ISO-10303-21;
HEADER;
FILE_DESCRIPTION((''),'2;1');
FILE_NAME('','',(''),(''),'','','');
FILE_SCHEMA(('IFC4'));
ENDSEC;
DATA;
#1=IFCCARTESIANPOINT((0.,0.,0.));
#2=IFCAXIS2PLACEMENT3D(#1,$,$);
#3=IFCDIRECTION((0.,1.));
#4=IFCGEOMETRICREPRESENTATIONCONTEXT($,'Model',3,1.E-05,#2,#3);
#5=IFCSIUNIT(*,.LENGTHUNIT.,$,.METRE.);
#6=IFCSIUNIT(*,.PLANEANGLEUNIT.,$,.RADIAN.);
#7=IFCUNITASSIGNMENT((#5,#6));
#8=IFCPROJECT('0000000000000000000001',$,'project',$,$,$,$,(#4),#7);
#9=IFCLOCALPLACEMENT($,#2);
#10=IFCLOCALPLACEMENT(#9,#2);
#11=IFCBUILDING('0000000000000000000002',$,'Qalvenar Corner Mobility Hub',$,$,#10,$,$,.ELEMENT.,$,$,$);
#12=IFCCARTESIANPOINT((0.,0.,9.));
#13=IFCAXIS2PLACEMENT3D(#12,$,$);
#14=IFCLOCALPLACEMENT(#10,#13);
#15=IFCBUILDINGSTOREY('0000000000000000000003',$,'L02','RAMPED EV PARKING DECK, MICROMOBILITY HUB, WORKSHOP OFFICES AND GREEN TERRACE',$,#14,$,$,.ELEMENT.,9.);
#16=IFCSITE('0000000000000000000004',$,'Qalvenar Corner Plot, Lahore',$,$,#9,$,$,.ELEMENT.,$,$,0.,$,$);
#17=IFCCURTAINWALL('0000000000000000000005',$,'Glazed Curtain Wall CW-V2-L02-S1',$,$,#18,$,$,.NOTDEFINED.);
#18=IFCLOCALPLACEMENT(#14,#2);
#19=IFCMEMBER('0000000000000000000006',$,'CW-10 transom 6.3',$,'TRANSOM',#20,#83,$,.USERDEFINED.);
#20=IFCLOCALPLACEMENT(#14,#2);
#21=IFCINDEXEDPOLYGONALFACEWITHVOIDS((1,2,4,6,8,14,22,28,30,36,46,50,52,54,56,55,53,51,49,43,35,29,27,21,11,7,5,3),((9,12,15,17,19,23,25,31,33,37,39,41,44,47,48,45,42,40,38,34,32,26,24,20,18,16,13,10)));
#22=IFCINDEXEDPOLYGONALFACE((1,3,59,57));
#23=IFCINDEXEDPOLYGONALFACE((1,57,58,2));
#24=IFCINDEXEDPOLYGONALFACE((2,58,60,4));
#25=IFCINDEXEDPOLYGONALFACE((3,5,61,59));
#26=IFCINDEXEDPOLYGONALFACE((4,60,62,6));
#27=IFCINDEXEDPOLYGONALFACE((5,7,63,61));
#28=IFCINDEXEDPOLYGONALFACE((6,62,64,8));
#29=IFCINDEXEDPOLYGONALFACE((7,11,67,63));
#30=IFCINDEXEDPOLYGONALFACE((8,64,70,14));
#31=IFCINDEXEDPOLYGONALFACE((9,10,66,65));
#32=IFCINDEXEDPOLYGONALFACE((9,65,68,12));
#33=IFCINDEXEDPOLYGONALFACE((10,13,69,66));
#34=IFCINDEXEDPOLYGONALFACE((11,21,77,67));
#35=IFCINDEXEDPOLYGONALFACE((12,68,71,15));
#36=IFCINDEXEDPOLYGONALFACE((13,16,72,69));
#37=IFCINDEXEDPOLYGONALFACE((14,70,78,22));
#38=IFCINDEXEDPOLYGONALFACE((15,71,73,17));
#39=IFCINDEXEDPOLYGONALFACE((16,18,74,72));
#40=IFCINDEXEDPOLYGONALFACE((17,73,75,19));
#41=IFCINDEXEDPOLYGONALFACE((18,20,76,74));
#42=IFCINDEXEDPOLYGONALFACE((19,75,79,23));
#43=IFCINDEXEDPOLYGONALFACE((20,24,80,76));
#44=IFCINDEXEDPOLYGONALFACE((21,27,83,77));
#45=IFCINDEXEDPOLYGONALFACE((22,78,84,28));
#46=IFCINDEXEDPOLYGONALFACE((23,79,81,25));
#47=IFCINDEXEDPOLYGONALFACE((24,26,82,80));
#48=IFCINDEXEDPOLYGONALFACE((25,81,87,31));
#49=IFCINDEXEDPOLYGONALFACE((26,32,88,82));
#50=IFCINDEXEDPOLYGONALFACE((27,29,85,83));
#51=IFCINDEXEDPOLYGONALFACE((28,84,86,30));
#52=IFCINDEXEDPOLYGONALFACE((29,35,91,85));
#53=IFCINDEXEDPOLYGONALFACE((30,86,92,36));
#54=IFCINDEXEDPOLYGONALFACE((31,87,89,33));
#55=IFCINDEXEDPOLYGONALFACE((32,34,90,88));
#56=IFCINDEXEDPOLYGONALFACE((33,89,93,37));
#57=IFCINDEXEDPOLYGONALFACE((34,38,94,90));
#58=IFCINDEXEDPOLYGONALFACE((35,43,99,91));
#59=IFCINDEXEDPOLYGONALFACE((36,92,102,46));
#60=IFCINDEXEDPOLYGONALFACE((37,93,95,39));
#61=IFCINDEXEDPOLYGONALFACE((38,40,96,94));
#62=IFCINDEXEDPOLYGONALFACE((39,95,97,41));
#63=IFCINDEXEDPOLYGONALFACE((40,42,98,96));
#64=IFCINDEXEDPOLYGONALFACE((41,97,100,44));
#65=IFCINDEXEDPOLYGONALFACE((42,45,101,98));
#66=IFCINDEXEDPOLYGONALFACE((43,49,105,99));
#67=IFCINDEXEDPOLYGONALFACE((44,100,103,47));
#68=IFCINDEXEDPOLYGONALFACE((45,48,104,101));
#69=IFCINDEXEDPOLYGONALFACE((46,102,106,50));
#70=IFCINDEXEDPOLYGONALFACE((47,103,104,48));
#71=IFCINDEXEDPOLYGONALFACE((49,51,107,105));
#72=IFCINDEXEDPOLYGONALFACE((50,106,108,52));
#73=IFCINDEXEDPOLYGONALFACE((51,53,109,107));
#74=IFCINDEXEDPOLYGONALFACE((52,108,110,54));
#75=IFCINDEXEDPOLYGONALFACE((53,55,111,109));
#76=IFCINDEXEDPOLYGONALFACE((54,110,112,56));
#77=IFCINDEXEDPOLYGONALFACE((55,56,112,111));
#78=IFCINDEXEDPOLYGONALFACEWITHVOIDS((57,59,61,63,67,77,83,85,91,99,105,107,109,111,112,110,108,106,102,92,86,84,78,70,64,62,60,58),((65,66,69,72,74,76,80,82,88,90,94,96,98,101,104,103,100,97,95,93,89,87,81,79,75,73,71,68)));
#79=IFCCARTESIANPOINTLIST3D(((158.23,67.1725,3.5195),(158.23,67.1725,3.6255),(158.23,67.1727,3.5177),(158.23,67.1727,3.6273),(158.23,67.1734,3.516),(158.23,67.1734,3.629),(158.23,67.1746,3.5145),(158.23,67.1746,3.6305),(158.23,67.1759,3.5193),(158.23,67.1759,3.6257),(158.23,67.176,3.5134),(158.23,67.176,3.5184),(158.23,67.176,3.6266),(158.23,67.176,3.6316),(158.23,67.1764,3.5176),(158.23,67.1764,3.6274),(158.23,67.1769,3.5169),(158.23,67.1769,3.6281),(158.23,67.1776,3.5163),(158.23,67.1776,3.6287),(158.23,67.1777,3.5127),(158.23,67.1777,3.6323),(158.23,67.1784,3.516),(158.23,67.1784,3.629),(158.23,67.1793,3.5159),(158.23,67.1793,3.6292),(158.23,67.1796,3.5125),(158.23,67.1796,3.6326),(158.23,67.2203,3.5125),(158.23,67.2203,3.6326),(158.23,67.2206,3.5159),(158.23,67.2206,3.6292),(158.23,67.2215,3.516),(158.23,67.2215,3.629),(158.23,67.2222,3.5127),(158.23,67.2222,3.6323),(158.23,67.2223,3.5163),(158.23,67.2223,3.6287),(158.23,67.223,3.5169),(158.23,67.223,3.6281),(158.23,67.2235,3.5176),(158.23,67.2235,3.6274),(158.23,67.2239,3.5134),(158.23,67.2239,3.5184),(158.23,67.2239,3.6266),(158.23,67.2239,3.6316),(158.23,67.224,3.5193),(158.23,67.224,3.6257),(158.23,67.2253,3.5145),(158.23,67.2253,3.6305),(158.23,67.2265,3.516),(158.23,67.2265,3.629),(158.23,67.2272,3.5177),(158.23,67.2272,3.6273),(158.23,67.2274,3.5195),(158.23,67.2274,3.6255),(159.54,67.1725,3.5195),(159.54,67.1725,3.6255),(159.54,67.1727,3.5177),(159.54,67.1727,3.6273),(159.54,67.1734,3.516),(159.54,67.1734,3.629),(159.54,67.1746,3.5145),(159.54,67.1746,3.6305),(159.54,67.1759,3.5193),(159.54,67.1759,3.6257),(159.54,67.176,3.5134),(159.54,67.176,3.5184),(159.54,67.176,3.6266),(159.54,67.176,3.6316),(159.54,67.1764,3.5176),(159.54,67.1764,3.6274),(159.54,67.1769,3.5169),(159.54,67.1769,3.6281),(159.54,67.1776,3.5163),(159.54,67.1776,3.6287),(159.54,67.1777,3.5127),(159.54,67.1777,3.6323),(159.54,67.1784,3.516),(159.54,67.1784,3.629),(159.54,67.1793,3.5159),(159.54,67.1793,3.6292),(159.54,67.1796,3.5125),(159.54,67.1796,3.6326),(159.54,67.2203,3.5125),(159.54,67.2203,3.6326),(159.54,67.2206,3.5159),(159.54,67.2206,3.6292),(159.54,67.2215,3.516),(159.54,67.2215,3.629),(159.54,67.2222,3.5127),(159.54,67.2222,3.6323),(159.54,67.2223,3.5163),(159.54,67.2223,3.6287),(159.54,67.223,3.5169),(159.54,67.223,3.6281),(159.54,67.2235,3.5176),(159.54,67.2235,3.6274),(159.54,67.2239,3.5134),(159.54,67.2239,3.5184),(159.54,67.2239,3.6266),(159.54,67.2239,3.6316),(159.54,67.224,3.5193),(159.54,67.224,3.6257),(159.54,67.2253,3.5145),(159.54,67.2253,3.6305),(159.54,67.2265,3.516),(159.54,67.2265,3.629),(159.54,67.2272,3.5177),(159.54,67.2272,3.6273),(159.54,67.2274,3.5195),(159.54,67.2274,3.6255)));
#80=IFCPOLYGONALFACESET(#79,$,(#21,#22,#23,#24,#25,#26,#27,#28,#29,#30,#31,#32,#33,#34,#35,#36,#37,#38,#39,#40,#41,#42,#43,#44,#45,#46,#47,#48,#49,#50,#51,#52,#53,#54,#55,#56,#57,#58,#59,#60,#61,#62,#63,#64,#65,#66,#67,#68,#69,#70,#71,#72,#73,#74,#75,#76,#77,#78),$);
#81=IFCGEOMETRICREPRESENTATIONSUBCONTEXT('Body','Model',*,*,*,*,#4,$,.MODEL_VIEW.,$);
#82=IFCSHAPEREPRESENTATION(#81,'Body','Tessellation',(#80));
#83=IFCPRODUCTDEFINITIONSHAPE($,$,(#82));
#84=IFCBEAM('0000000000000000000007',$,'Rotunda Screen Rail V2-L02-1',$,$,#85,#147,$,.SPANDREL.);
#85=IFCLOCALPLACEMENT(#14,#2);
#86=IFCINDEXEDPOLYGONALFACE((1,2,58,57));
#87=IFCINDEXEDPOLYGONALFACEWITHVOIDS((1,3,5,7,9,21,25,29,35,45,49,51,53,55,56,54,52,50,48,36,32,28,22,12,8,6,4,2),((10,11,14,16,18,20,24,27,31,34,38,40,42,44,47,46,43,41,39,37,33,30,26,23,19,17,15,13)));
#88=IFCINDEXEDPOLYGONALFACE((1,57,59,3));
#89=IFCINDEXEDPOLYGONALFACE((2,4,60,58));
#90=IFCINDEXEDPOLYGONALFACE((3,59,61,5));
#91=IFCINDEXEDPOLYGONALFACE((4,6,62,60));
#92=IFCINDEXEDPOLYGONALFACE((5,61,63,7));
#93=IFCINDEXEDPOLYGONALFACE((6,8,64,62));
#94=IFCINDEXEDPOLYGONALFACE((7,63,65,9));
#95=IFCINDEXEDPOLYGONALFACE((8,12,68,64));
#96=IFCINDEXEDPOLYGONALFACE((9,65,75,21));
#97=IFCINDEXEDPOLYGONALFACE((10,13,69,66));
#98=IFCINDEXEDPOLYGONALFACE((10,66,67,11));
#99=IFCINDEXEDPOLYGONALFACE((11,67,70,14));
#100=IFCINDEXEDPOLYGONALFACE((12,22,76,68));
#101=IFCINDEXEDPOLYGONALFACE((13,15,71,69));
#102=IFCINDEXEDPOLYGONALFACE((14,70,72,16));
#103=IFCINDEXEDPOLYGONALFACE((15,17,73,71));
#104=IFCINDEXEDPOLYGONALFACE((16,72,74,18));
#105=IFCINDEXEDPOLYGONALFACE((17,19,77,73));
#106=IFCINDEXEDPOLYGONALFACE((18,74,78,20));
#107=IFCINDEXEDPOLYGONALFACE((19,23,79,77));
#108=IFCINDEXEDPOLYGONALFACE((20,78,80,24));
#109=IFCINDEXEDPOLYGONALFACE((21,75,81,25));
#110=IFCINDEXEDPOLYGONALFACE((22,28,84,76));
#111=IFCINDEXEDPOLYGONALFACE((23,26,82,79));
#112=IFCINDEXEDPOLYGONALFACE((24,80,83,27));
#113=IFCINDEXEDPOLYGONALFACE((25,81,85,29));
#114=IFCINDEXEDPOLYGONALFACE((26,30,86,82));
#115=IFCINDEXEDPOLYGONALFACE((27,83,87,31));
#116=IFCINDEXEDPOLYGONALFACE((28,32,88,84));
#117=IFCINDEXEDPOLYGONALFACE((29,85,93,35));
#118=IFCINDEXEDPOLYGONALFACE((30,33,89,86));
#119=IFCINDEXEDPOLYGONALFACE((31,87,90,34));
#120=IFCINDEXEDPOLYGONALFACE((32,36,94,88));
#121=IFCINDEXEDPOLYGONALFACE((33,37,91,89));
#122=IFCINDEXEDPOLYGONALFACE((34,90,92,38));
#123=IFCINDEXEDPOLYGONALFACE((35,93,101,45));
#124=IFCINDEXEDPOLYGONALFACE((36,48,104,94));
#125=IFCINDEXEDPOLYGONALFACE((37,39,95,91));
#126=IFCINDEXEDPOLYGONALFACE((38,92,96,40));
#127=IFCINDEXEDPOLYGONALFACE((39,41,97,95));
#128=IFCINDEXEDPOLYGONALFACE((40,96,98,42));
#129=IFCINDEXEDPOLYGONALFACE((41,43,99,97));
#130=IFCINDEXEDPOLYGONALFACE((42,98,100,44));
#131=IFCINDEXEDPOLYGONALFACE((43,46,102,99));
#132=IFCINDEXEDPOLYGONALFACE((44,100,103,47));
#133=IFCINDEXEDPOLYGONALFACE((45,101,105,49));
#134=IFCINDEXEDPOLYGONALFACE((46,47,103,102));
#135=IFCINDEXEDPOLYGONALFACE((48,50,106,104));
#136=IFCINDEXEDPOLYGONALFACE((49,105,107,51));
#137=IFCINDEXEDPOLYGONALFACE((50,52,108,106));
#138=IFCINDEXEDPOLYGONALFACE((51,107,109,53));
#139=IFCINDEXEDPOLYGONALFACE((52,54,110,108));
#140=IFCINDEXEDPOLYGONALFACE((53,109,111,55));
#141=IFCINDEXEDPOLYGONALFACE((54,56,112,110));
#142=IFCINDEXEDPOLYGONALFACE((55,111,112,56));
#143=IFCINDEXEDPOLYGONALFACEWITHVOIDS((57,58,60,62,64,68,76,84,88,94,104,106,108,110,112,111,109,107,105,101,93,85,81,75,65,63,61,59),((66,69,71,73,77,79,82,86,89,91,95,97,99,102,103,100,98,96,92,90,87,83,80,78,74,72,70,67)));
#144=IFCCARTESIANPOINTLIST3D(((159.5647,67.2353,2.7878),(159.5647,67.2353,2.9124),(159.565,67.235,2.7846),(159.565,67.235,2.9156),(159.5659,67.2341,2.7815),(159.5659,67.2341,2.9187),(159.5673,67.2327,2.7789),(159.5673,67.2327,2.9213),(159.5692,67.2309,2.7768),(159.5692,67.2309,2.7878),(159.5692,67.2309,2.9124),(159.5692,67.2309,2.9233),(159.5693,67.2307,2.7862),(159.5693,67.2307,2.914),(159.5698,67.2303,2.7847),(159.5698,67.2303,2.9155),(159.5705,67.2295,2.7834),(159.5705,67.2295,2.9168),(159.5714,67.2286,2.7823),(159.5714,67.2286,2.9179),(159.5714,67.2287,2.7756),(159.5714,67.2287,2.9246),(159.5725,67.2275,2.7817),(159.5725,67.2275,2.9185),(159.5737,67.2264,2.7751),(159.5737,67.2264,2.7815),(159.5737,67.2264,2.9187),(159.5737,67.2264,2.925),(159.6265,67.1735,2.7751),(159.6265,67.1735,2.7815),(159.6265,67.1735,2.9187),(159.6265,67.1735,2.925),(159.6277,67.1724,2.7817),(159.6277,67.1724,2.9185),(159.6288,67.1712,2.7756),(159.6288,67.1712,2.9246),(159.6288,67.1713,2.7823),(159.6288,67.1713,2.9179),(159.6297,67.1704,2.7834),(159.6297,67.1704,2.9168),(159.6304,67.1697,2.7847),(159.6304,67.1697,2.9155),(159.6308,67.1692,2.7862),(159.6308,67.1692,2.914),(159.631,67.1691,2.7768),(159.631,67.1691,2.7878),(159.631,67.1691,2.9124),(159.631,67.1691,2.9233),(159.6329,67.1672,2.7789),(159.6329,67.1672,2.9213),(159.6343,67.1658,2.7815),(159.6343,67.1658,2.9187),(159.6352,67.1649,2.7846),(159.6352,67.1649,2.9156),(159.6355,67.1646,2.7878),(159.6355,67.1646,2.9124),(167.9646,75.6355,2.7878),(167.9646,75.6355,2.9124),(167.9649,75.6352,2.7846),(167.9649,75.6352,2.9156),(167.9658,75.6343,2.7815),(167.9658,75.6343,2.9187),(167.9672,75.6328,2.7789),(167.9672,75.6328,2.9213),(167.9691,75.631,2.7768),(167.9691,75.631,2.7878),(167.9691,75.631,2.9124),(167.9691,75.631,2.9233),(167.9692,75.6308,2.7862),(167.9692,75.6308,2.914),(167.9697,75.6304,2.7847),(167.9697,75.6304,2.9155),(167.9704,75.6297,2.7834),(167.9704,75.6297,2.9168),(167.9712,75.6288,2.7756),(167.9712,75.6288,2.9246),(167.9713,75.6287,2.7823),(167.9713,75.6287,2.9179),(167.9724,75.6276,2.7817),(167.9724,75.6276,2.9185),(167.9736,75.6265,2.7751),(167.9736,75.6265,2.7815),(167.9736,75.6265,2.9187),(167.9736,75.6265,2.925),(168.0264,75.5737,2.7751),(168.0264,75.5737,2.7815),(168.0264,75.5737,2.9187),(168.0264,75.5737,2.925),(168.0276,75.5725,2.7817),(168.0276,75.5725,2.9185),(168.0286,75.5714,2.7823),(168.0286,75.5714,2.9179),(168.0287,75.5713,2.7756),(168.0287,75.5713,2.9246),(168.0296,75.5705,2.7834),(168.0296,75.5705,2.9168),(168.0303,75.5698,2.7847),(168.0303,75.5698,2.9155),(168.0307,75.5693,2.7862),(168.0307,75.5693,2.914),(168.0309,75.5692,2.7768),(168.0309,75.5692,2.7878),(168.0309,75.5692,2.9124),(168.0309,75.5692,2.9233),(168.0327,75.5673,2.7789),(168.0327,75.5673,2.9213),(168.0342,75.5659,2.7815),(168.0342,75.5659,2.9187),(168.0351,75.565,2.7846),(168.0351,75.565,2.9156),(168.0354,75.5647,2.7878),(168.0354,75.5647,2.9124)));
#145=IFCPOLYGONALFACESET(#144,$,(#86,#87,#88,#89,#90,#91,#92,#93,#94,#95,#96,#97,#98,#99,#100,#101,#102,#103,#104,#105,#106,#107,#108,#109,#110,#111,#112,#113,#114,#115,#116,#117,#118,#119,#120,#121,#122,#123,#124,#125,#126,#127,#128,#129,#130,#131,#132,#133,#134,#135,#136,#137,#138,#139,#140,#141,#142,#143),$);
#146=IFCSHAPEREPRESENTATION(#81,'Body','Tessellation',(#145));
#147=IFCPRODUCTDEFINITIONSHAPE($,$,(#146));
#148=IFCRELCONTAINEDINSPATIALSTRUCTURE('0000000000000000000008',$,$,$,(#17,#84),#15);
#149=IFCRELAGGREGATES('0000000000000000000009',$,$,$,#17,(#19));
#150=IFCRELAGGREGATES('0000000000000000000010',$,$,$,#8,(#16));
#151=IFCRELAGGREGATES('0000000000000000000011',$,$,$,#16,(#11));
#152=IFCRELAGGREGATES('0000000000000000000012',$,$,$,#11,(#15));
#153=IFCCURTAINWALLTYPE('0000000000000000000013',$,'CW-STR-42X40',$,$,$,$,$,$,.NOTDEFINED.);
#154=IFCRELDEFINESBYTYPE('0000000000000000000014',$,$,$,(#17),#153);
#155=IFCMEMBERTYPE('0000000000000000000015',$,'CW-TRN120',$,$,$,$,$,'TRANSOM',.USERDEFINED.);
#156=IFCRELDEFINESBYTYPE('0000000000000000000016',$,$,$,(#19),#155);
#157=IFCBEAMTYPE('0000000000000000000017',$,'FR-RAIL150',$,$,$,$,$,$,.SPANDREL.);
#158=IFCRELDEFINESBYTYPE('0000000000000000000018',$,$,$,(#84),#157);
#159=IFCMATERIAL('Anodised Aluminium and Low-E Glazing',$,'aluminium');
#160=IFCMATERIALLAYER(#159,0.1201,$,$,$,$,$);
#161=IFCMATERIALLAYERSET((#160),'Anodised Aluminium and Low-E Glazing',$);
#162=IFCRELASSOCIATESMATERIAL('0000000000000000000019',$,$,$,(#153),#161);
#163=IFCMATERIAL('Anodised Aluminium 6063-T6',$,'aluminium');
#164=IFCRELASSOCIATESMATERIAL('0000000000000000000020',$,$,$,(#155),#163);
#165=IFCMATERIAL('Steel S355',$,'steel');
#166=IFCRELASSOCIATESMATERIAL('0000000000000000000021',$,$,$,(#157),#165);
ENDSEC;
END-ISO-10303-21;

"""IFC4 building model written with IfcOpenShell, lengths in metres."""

from ifc_helpers import new_model, si_unit, direction, frame, origin, origin_2d, place, context, subcontext, project, spatial, hollow_rectangle, extrude, material, layer, layer_set, material_profile, profile_set, type_object, element, aggregate, save


model = new_model("IFC4")

# Units and contexts
model_context = context("Model", 3, precision=1e-05, world=origin(), true_north=direction((0.0, 1.0)))
body_context = subcontext(model_context, "Body", "Model", "MODEL_VIEW")
ifc_project = project(units=[si_unit("LENGTHUNIT", "METRE"), si_unit("PLANEANGLEUNIT", "RADIAN")], contexts=[model_context])

# Site, building, storey
site_placement = place(None, origin())
site = spatial("IfcSite", under=ifc_project, at=site_placement, Name="Qalvenar Corner Plot, Lahore", CompositionType="ELEMENT", RefElevation=0.0)
building_placement = place(site_placement, origin())
building = spatial("IfcBuilding", under=site, at=building_placement, Name="Qalvenar Corner Mobility Hub", CompositionType="ELEMENT")
storey_placement = place(building_placement, frame((0.0, 0.0, 9.0)))
storey = spatial("IfcBuildingStorey", under=building, at=storey_placement, Name="L02", Description="RAMPED EV PARKING DECK, MICROMOBILITY HUB, WORKSHOP OFFICES AND GREEN TERRACE", CompositionType="ELEMENT", Elevation=9.0)

# Shared definitions
ifc_material_1 = material(Name="Steel S355", Category="steel")

# Curtain wall, member
ifc_material_2 = material(Name="Anodised Aluminium and Low-E Glazing", Category="aluminium")
ifc_layer_1 = layer(ifc_material_2, 0.1201)
ifc_layer_set_1 = layer_set([ifc_layer_1], Name="Anodised Aluminium and Low-E Glazing")
curtain_wall_type = type_object("IfcCurtainWallType", Name="CW-STR-42X40", PredefinedType="NOTDEFINED", material=ifc_layer_set_1)
curtain_wall_placement = place(storey_placement, origin())
curtain_wall = element("IfcCurtainWall", 1, at=curtain_wall_placement, inside=storey, type_object=curtain_wall_type, Name="Glazed Curtain Wall CW-V2-L02-S1", PredefinedType="NOTDEFINED")
ifc_material_3 = material(Name="Anodised Aluminium 6063-T6", Category="aluminium")
ifc_material_profile_1 = material_profile(ifc_material_3, hollow_rectangle(XDim=0.0549, YDim=0.1201, WallThickness=0.0034, InnerFilletRadius=0.0034, OuterFilletRadius=0.0071, at=origin_2d()), Name="RHS120x55x3.5")
ifc_profile_set_1 = profile_set([ifc_material_profile_1], Name="Anodised Aluminium 6063-T6")
member_type_1 = type_object("IfcMemberType", Name="CW-TRN120", ElementType="TRANSOM", PredefinedType="USERDEFINED", material=ifc_profile_set_1)
member_1_placement = place(storey_placement, frame((158.23, 67.2, 3.5725), z_axis=(1.0, 0.0, 0.0), x_axis=(0.0, 1.0, 0.0)))
member_1 = element("IfcMember", 2, at=member_1_placement, type_object=member_type_1, Name="CW-10 transom 6.3", ObjectType="TRANSOM", PredefinedType="USERDEFINED", context=body_context, shape_type="SweptSolid", body=[
    extrude(hollow_rectangle(XDim=0.0549, YDim=0.1201, WallThickness=0.0034, InnerFilletRadius=0.0034, OuterFilletRadius=0.0071, at=origin_2d()), origin(), (0.0, 0.0, 1.0), 1.3101),
])

# Beam
ifc_material_profile_2 = material_profile(ifc_material_1, hollow_rectangle(XDim=0.1001, YDim=0.1499, WallThickness=0.0063, InnerFilletRadius=0.0063, OuterFilletRadius=0.0127, at=origin_2d()), Name="RHS150x100x6.3")
ifc_profile_set_2 = profile_set([ifc_material_profile_2], Name="Steel S355")
beam_type_1 = type_object("IfcBeamType", Name="FR-RAIL150", PredefinedType="SPANDREL", material=ifc_profile_set_2)
beam_1_placement = place(storey_placement, frame((159.6001, 67.2, 2.8501), z_axis=(0.707097, 0.707117, 0.0), x_axis=(-0.707117, 0.707097, 0.0)))
element("IfcBeam", 3, at=beam_1_placement, inside=storey, type_object=beam_type_1, Name="Rotunda Screen Rail V2-L02-1", PredefinedType="SPANDREL", context=body_context, shape_type="SweptSolid", body=[
    extrude(hollow_rectangle(XDim=0.1001, YDim=0.1499, WallThickness=0.0063, InnerFilletRadius=0.0063, OuterFilletRadius=0.0127, at=origin_2d()), origin(), (0.0, 0.0, 1.0), 11.8794),
])

aggregate(curtain_wall, [member_1])

save(model, "model.ifc")
